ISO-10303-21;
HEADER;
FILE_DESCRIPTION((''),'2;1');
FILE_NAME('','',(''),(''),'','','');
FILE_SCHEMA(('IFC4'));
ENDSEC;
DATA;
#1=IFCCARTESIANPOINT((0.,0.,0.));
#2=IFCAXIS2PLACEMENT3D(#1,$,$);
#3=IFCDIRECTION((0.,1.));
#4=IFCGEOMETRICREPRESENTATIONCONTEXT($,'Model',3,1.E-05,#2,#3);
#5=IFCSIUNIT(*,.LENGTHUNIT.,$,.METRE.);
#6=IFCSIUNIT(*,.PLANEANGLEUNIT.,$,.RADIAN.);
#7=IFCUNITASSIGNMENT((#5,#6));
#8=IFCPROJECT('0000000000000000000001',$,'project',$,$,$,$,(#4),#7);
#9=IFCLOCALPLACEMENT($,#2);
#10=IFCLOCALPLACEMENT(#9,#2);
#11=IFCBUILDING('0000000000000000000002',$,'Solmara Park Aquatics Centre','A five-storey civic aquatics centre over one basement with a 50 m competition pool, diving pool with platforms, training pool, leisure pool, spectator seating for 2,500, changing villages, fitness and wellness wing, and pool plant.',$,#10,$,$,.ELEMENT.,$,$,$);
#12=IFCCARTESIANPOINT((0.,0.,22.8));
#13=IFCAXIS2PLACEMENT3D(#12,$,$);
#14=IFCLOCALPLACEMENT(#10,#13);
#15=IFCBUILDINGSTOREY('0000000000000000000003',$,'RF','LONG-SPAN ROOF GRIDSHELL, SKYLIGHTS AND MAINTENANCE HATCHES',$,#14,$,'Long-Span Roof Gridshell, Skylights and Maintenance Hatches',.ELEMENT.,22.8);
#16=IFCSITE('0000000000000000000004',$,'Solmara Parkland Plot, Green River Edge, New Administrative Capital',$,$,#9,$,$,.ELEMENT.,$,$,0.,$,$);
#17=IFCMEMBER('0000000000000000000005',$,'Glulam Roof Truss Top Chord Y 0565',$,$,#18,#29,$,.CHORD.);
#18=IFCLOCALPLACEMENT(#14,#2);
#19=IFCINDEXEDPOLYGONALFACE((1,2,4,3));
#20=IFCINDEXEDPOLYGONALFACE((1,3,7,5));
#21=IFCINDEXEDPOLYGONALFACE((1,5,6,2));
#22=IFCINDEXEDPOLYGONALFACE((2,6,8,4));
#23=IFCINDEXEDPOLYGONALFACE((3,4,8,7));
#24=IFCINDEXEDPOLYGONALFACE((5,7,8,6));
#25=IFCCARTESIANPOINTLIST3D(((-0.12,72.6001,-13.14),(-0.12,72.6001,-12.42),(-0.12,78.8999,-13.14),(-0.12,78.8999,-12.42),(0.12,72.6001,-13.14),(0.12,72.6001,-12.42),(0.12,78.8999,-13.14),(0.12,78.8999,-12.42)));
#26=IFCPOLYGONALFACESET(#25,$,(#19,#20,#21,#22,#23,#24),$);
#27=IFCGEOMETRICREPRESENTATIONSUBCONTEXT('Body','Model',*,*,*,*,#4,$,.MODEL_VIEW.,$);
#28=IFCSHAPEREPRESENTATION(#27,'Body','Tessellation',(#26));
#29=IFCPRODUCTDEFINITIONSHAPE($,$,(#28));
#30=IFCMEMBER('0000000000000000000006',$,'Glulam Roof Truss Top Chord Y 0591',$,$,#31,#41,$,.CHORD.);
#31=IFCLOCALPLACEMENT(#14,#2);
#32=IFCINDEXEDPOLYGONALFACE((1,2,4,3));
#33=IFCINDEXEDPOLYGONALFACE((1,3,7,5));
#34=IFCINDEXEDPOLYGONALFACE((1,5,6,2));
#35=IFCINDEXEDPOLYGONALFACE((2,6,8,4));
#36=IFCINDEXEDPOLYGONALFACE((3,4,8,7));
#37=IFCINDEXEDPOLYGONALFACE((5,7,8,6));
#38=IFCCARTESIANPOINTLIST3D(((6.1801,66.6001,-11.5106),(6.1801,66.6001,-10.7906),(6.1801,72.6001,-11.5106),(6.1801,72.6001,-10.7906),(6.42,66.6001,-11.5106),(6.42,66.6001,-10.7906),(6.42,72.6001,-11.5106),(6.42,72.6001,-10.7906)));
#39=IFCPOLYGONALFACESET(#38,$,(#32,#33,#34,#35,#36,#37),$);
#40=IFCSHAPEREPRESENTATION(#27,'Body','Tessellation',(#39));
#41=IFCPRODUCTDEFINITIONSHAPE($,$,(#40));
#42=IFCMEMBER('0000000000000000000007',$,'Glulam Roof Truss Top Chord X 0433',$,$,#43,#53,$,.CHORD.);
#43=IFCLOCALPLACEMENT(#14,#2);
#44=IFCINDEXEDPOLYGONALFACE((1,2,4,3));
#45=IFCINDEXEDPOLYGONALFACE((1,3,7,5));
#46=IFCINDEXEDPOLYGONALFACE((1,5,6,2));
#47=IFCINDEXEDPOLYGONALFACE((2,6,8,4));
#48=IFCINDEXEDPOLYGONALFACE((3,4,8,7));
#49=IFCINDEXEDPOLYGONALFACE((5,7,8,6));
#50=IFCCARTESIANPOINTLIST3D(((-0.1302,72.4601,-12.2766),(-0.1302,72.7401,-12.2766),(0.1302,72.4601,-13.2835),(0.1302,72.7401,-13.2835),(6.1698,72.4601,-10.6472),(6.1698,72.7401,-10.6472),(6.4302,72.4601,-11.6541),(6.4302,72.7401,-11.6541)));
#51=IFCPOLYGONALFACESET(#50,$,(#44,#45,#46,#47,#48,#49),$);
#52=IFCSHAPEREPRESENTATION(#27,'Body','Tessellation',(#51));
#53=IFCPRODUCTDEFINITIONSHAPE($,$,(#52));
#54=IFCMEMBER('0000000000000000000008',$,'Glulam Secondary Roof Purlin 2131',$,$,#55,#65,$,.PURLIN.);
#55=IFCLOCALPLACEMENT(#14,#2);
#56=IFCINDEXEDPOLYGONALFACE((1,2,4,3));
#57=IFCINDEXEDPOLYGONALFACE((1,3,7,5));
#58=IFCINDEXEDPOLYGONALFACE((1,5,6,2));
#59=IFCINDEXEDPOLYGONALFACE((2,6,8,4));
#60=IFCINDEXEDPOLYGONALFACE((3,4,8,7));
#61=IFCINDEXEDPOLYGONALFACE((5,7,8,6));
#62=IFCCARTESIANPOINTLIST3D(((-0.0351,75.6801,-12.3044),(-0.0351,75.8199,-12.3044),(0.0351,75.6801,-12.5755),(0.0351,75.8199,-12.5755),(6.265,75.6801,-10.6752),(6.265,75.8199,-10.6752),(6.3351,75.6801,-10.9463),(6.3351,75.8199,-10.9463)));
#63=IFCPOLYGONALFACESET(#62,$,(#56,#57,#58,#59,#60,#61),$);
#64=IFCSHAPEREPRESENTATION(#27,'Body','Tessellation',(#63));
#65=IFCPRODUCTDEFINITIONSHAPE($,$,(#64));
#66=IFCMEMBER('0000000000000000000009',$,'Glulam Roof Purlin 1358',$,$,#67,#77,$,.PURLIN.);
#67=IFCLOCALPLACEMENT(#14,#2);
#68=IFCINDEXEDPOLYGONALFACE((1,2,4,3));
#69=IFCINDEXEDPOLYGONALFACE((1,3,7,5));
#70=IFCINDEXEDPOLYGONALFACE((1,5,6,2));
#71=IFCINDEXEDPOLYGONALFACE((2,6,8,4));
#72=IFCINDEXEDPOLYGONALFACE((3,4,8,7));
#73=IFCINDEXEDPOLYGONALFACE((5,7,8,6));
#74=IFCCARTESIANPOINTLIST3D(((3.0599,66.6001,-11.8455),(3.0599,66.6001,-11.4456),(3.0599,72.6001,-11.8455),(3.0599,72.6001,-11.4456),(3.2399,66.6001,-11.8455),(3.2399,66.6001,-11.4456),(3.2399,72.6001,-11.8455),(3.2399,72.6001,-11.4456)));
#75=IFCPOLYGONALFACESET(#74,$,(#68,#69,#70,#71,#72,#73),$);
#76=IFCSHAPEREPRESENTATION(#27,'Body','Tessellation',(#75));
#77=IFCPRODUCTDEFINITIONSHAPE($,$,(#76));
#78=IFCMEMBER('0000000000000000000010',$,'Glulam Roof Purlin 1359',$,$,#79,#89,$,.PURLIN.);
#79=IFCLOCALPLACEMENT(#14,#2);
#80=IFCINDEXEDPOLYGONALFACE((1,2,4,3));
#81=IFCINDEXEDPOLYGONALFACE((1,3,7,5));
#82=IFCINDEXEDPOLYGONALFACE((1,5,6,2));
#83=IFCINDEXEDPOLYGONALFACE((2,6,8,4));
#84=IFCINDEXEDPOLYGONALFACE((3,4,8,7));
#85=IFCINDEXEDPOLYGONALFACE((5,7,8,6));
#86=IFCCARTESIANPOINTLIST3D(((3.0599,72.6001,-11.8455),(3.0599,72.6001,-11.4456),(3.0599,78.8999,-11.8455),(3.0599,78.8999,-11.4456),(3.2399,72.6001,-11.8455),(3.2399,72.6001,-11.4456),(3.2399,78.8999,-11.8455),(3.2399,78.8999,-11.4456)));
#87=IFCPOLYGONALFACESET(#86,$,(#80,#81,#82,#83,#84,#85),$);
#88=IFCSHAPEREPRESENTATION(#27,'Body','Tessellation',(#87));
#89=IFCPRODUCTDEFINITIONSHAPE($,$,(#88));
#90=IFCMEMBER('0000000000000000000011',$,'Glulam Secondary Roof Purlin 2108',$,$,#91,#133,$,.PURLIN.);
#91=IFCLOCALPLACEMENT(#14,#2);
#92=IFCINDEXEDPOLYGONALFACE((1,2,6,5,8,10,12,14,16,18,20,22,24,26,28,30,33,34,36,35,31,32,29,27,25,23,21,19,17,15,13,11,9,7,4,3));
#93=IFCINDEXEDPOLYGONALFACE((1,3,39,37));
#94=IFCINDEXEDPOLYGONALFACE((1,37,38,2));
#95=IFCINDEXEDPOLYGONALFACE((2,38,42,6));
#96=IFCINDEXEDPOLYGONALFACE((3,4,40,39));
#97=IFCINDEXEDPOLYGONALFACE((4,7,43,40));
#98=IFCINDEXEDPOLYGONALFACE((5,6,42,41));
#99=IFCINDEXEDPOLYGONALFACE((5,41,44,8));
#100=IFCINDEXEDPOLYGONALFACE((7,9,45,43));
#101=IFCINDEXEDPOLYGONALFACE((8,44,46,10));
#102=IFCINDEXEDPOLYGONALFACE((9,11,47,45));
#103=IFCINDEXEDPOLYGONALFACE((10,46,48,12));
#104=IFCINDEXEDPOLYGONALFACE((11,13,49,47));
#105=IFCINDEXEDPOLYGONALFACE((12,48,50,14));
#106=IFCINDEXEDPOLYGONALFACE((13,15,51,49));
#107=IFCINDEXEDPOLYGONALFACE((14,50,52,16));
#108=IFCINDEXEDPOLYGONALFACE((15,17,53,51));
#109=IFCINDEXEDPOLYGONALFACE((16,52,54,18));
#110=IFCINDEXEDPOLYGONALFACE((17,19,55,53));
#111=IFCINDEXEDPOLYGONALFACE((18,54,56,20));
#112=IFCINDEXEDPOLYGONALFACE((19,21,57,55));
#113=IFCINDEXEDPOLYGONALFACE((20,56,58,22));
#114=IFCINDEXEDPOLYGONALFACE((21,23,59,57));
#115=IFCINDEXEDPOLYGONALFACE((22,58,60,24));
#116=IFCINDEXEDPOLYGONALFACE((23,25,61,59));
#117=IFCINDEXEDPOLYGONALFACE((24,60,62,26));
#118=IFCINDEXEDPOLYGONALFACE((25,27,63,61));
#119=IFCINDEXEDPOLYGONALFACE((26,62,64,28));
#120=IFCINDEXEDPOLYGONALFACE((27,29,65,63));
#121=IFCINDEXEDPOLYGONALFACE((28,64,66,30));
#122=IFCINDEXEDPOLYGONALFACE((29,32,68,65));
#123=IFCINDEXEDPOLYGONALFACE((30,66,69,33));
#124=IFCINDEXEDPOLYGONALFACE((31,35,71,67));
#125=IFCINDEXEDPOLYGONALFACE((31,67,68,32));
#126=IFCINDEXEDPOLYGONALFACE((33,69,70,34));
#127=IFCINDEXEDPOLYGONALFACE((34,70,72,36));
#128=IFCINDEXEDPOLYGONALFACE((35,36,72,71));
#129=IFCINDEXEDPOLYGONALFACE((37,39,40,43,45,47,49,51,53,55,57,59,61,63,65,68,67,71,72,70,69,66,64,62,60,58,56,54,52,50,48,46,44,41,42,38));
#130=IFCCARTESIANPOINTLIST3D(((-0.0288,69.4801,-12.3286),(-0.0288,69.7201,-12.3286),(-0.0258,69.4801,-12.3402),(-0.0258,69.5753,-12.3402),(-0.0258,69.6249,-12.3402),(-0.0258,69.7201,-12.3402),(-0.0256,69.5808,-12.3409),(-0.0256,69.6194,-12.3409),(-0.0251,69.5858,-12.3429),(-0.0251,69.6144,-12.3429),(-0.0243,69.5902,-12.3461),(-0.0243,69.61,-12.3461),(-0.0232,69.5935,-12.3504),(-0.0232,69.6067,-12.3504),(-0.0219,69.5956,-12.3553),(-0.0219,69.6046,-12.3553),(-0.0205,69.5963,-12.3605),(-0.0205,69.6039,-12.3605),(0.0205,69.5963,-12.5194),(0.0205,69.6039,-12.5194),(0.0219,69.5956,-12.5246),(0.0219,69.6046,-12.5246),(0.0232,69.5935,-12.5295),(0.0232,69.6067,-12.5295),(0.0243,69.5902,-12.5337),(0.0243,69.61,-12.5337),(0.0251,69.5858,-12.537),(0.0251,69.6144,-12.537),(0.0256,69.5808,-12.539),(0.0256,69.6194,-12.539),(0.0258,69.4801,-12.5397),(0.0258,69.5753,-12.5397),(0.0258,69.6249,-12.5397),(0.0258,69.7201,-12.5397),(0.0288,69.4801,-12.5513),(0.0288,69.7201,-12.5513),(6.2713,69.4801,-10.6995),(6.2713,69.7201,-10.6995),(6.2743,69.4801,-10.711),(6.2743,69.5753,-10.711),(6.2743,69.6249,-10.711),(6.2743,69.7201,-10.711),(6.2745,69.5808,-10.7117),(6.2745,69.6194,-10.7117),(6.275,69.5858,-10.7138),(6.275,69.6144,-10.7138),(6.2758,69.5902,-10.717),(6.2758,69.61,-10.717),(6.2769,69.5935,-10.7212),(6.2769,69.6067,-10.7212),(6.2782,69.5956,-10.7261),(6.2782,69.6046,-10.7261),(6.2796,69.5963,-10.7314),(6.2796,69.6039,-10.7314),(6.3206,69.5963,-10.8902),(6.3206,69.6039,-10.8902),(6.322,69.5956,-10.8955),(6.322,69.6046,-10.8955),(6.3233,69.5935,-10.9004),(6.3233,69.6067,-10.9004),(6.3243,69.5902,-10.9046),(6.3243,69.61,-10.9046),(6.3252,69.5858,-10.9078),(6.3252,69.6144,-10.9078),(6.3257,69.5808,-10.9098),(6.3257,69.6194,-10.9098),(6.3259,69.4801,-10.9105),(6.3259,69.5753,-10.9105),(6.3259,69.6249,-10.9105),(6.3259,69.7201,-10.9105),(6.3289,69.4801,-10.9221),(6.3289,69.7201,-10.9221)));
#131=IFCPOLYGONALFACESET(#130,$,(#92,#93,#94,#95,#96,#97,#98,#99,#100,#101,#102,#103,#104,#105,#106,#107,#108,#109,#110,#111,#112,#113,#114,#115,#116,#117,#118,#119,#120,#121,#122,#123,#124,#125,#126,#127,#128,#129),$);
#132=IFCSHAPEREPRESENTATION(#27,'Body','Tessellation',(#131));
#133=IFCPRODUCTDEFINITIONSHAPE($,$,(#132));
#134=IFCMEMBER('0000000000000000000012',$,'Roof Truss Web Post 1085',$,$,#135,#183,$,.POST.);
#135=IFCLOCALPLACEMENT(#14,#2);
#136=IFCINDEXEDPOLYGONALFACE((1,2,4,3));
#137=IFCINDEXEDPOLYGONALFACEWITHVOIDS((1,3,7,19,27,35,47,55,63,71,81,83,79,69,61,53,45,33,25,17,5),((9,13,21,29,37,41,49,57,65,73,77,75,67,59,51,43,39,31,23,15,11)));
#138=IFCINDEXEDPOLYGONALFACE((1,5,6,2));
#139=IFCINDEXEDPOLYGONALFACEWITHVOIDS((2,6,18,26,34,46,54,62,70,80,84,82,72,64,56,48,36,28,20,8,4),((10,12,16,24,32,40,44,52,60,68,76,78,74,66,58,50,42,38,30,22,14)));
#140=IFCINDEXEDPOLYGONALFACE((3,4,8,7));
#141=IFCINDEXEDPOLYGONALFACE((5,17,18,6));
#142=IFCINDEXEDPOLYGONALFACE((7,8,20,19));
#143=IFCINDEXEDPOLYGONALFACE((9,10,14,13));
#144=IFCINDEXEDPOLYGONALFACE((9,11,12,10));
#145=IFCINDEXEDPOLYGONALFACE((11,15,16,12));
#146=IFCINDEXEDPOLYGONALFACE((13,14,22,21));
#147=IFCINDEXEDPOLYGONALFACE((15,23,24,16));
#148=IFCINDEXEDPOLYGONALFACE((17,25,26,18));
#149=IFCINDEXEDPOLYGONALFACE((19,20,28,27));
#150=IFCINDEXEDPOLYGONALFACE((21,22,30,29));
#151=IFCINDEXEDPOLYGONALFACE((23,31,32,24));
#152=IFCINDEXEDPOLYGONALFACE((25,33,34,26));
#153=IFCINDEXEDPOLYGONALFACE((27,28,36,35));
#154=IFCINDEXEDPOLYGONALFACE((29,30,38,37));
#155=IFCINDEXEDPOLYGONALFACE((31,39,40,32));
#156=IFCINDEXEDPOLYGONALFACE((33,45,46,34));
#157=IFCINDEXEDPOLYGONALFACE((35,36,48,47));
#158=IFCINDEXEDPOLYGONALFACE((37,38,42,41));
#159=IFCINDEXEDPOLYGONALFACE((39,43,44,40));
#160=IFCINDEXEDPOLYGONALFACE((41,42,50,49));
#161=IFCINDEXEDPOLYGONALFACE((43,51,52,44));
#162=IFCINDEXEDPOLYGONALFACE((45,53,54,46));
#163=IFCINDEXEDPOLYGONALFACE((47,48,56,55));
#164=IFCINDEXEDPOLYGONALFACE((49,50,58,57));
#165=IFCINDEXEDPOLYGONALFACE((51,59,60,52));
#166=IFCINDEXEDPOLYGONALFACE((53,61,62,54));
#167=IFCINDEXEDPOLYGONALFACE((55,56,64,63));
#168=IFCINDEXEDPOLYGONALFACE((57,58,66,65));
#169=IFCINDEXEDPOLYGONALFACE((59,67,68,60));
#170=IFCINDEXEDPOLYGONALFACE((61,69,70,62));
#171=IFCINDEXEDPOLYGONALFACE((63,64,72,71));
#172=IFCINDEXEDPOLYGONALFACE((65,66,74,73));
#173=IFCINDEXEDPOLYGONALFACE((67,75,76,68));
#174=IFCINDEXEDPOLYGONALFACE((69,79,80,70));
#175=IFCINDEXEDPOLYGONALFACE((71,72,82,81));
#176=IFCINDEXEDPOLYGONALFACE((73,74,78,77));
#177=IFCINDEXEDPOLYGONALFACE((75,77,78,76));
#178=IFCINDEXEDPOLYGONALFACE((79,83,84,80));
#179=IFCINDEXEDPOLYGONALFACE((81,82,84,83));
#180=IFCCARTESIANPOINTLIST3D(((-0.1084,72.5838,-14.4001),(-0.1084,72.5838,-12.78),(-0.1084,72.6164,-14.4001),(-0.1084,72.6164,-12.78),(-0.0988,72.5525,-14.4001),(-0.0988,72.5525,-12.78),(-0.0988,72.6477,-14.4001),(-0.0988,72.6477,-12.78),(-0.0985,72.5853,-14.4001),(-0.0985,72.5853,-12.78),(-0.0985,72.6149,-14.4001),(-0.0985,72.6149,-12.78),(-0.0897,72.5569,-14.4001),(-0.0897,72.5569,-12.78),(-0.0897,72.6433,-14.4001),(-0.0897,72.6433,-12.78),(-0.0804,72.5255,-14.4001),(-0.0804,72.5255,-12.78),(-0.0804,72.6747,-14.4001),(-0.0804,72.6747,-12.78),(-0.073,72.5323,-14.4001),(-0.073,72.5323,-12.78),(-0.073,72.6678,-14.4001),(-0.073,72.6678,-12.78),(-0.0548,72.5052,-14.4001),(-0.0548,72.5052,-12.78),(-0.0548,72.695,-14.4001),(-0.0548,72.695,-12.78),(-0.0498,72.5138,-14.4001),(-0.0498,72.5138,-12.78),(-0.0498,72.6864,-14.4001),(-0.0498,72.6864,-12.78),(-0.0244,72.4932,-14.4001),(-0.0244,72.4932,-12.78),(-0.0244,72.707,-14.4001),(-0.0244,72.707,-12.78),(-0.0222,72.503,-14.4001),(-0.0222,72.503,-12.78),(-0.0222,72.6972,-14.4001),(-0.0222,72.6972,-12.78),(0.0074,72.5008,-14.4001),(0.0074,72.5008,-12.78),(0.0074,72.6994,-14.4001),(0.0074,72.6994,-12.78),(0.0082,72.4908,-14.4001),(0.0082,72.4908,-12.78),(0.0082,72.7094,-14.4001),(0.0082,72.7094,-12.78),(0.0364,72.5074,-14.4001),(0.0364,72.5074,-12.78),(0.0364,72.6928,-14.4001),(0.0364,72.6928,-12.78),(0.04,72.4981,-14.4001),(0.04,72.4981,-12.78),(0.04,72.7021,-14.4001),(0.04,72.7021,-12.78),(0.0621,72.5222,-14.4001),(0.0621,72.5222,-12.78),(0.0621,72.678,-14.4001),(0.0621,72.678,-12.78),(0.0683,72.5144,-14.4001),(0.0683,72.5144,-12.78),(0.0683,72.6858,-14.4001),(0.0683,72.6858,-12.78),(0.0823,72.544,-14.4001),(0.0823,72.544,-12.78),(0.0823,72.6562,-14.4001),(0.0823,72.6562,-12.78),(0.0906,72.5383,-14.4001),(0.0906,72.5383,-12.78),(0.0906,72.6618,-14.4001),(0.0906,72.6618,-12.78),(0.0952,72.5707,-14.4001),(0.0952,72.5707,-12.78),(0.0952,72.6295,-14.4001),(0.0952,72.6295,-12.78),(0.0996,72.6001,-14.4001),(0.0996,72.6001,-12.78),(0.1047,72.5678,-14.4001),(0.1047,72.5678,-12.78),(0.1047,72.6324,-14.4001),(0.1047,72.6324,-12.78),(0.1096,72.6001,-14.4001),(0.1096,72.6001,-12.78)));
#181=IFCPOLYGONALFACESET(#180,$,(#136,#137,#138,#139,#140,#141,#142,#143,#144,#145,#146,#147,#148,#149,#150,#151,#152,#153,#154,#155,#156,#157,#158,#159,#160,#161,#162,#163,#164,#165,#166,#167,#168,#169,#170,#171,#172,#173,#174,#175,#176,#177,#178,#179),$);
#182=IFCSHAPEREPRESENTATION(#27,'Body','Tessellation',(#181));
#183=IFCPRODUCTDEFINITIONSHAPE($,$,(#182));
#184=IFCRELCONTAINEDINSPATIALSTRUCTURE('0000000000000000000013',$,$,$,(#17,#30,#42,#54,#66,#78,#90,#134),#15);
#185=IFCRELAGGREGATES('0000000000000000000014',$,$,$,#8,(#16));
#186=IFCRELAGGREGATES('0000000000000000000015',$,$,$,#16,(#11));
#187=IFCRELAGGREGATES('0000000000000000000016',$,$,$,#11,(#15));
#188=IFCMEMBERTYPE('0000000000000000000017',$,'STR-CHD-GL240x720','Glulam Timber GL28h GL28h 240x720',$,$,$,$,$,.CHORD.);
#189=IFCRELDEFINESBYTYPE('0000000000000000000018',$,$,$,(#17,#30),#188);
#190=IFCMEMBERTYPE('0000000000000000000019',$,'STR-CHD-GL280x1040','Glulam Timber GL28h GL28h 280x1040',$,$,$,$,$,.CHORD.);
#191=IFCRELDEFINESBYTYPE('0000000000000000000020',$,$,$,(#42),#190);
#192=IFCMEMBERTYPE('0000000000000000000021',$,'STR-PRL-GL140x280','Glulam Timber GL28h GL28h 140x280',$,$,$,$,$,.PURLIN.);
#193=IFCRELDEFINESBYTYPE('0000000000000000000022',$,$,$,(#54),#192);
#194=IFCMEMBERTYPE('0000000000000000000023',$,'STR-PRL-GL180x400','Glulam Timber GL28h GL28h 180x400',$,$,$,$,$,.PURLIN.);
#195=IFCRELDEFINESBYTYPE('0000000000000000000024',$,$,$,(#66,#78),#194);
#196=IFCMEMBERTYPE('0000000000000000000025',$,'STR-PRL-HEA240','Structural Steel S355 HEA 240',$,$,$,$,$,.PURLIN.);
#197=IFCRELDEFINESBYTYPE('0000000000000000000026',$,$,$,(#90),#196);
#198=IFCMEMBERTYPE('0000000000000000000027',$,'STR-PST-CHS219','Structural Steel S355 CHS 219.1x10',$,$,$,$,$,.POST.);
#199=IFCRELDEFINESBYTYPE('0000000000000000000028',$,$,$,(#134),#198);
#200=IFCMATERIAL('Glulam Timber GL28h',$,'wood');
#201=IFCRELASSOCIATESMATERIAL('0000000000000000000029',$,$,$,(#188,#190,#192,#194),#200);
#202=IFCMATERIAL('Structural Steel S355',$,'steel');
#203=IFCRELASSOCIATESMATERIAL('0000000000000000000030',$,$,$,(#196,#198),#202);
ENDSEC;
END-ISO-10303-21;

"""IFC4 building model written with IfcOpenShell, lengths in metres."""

from ifc_helpers import new_model, si_unit, direction, frame, origin, origin_2d, place, context, subcontext, project, spatial, rectangle, hollow_circle, i_section, extrude, material, material_profile, profile_set, type_object, element, save


model = new_model("IFC4")

# Units and contexts
model_context = context("Model", 3, precision=1e-05, world=origin(), true_north=direction((0.0, 1.0)))
body_context = subcontext(model_context, "Body", "Model", "MODEL_VIEW")
ifc_project = project(units=[si_unit("LENGTHUNIT", "METRE"), si_unit("PLANEANGLEUNIT", "RADIAN")], contexts=[model_context])

# Site, building, storey
site_placement = place(None, origin())
site = spatial("IfcSite", under=ifc_project, at=site_placement, Name="Solmara Parkland Plot, Green River Edge, New Administrative Capital", CompositionType="ELEMENT", RefElevation=0.0)
building_placement = place(site_placement, origin())
building = spatial("IfcBuilding", under=site, at=building_placement, Name="Solmara Park Aquatics Centre", Description="A five-storey civic aquatics centre over one basement with a 50 m competition pool, diving pool with platforms, training pool, leisure pool, spectator seating for 2,500, changing villages, fitness and wellness wing, and pool plant.", CompositionType="ELEMENT")
storey_placement = place(building_placement, frame((0.0, 0.0, 22.8)))
storey = spatial("IfcBuildingStorey", under=building, at=storey_placement, Name="RF", Description="LONG-SPAN ROOF GRIDSHELL, SKYLIGHTS AND MAINTENANCE HATCHES", LongName="Long-Span Roof Gridshell, Skylights and Maintenance Hatches", CompositionType="ELEMENT", Elevation=22.8)

# Members
ifc_material_1 = material(Name="Structural Steel S355", Category="steel")
ifc_material_2 = material(Name="Glulam Timber GL28h", Category="wood")
ifc_material_profile_1 = material_profile(ifc_material_2, rectangle(XDim=0.24, YDim=0.72, at=origin_2d()), Name="GL28h 240x720")
ifc_profile_set_1 = profile_set([ifc_material_profile_1], Name="Glulam Timber GL28h")
member_type_1 = type_object("IfcMemberType", Name="STR-CHD-GL240x720", Description="Glulam Timber GL28h GL28h 240x720", PredefinedType="CHORD", material=ifc_profile_set_1)
member_1_placement = place(storey_placement, frame((0.0, 72.6001, -12.78), z_axis=(0.0, 1.0, 0.0), x_axis=(-1.0, 0.0, 0.0)))
element("IfcMember", 1, at=member_1_placement, inside=storey, type_object=member_type_1, Name="Glulam Roof Truss Top Chord Y 0565", PredefinedType="CHORD", context=body_context, shape_type="SweptSolid", body=[
    extrude(rectangle(XDim=0.24, YDim=0.72, at=origin_2d()), origin(), (0.0, 0.0, 1.0), 6.2998),
])
member_2_placement = place(storey_placement, frame((6.3, 66.6001, -11.1506), z_axis=(0.0, 1.0, 0.0), x_axis=(-1.0, 0.0, 0.0)))
element("IfcMember", 2, at=member_2_placement, inside=storey, type_object=member_type_1, Name="Glulam Roof Truss Top Chord Y 0591", PredefinedType="CHORD", context=body_context, shape_type="SweptSolid", body=[
    extrude(rectangle(XDim=0.24, YDim=0.72, at=origin_2d()), origin(), (0.0, 0.0, 1.0), 6.0),
])
ifc_material_profile_2 = material_profile(ifc_material_2, rectangle(XDim=0.28, YDim=1.04, at=origin_2d()), Name="GL28h 280x1040")
ifc_profile_set_2 = profile_set([ifc_material_profile_2], Name="Glulam Timber GL28h")
member_type_2 = type_object("IfcMemberType", Name="STR-CHD-GL280x1040", Description="Glulam Timber GL28h GL28h 280x1040", PredefinedType="CHORD", material=ifc_profile_set_2)
member_3_placement = place(storey_placement, frame((0.0, 72.6001, -12.78), z_axis=(0.968144, 0.0, 0.250393), x_axis=(0.0, 1.0, 0.0)))
element("IfcMember", 3, at=member_3_placement, inside=storey, type_object=member_type_2, Name="Glulam Roof Truss Top Chord X 0433", PredefinedType="CHORD", context=body_context, shape_type="SweptSolid", body=[
    extrude(rectangle(XDim=0.28, YDim=1.04, at=origin_2d()), origin(), (0.0, 0.0, 1.0), 6.5073),
])
ifc_material_profile_3 = material_profile(ifc_material_2, rectangle(XDim=0.1399, YDim=0.28, at=origin_2d()), Name="GL28h 140x280")
ifc_profile_set_3 = profile_set([ifc_material_profile_3], Name="Glulam Timber GL28h")
member_type_3 = type_object("IfcMemberType", Name="STR-PRL-GL140x280", Description="Glulam Timber GL28h GL28h 140x280", PredefinedType="PURLIN", material=ifc_profile_set_3)
member_4_placement = place(storey_placement, frame((0.0, 75.75, -12.4399), z_axis=(0.968153, 0.0, 0.250358), x_axis=(0.0, 1.0, 0.0)))
element("IfcMember", 4, at=member_4_placement, inside=storey, type_object=member_type_3, Name="Glulam Secondary Roof Purlin 2131", PredefinedType="PURLIN", context=body_context, shape_type="SweptSolid", body=[
    extrude(rectangle(XDim=0.1399, YDim=0.28, at=origin_2d()), origin(), (0.0, 0.0, 1.0), 6.5073),
])
ifc_material_profile_4 = material_profile(ifc_material_2, rectangle(XDim=0.1799, YDim=0.3999, at=origin_2d()), Name="GL28h 180x400")
ifc_profile_set_4 = profile_set([ifc_material_profile_4], Name="Glulam Timber GL28h")
member_type_4 = type_object("IfcMemberType", Name="STR-PRL-GL180x400", Description="Glulam Timber GL28h GL28h 180x400", PredefinedType="PURLIN", material=ifc_profile_set_4)
member_5_placement = place(storey_placement, frame((3.1499, 66.6001, -11.6455), z_axis=(0.0, 1.0, 0.0), x_axis=(-1.0, 0.0, 0.0)))
element("IfcMember", 5, at=member_5_placement, inside=storey, type_object=member_type_4, Name="Glulam Roof Purlin 1358", PredefinedType="PURLIN", context=body_context, shape_type="SweptSolid", body=[
    extrude(rectangle(XDim=0.1799, YDim=0.3999, at=origin_2d()), origin(), (0.0, 0.0, 1.0), 6.0),
])
member_6_placement = place(storey_placement, frame((3.1499, 72.6001, -11.6455), z_axis=(0.0, 1.0, 0.0), x_axis=(-1.0, 0.0, 0.0)))
element("IfcMember", 6, at=member_6_placement, inside=storey, type_object=member_type_4, Name="Glulam Roof Purlin 1359", PredefinedType="PURLIN", context=body_context, shape_type="SweptSolid", body=[
    extrude(rectangle(XDim=0.1799, YDim=0.3999, at=origin_2d()), origin(), (0.0, 0.0, 1.0), 6.2998),
])
ifc_material_profile_5 = material_profile(ifc_material_1, i_section(OverallWidth=0.24, OverallDepth=0.23, WebThickness=0.0076, FlangeThickness=0.012, FilletRadius=0.021, at=origin_2d()), Name="HEA 240")
ifc_profile_set_5 = profile_set([ifc_material_profile_5], Name="Structural Steel S355")
member_type_5 = type_object("IfcMemberType", Name="STR-PRL-HEA240", Description="Structural Steel S355 HEA 240", PredefinedType="PURLIN", material=ifc_profile_set_5)
member_7_placement = place(storey_placement, frame((0.0, 69.6001, -12.4399), z_axis=(0.968153, 0.0, 0.250358), x_axis=(0.0, 1.0, 0.0)))
element("IfcMember", 7, at=member_7_placement, inside=storey, type_object=member_type_5, Name="Glulam Secondary Roof Purlin 2108", PredefinedType="PURLIN", context=body_context, shape_type="SweptSolid", body=[
    extrude(i_section(OverallWidth=0.24, OverallDepth=0.23, WebThickness=0.0076, FlangeThickness=0.012, FilletRadius=0.021, at=origin_2d()), origin(), (0.0, 0.0, 1.0), 6.5073),
])
ifc_material_profile_6 = material_profile(ifc_material_1, hollow_circle(Radius=0.1096, WallThickness=0.01, at=origin_2d()), Name="CHS 219.1x10")
ifc_profile_set_6 = profile_set([ifc_material_profile_6], Name="Structural Steel S355")
member_type_6 = type_object("IfcMemberType", Name="STR-PST-CHS219", Description="Structural Steel S355 CHS 219.1x10", PredefinedType="POST", material=ifc_profile_set_6)
for number, where, z_axis, x_axis, name in (
    (8, (0.0, 72.6001, -14.4001), (0.0, 0.0, 1.0), (1.0, 0.0, 0.0), "Roof Truss Web Post 1085"),
):
    element("IfcMember", number, at=place(storey_placement, frame(where, z_axis=z_axis, x_axis=x_axis)), inside=storey, type_object=member_type_6, Name=name, PredefinedType="POST", context=body_context, shape_type="SweptSolid", body=[
        extrude(hollow_circle(Radius=0.1096, WallThickness=0.01, at=origin_2d()), origin(), (0.0, 0.0, 1.0), 1.6201),
    ])

save(model, "model.ifc")
